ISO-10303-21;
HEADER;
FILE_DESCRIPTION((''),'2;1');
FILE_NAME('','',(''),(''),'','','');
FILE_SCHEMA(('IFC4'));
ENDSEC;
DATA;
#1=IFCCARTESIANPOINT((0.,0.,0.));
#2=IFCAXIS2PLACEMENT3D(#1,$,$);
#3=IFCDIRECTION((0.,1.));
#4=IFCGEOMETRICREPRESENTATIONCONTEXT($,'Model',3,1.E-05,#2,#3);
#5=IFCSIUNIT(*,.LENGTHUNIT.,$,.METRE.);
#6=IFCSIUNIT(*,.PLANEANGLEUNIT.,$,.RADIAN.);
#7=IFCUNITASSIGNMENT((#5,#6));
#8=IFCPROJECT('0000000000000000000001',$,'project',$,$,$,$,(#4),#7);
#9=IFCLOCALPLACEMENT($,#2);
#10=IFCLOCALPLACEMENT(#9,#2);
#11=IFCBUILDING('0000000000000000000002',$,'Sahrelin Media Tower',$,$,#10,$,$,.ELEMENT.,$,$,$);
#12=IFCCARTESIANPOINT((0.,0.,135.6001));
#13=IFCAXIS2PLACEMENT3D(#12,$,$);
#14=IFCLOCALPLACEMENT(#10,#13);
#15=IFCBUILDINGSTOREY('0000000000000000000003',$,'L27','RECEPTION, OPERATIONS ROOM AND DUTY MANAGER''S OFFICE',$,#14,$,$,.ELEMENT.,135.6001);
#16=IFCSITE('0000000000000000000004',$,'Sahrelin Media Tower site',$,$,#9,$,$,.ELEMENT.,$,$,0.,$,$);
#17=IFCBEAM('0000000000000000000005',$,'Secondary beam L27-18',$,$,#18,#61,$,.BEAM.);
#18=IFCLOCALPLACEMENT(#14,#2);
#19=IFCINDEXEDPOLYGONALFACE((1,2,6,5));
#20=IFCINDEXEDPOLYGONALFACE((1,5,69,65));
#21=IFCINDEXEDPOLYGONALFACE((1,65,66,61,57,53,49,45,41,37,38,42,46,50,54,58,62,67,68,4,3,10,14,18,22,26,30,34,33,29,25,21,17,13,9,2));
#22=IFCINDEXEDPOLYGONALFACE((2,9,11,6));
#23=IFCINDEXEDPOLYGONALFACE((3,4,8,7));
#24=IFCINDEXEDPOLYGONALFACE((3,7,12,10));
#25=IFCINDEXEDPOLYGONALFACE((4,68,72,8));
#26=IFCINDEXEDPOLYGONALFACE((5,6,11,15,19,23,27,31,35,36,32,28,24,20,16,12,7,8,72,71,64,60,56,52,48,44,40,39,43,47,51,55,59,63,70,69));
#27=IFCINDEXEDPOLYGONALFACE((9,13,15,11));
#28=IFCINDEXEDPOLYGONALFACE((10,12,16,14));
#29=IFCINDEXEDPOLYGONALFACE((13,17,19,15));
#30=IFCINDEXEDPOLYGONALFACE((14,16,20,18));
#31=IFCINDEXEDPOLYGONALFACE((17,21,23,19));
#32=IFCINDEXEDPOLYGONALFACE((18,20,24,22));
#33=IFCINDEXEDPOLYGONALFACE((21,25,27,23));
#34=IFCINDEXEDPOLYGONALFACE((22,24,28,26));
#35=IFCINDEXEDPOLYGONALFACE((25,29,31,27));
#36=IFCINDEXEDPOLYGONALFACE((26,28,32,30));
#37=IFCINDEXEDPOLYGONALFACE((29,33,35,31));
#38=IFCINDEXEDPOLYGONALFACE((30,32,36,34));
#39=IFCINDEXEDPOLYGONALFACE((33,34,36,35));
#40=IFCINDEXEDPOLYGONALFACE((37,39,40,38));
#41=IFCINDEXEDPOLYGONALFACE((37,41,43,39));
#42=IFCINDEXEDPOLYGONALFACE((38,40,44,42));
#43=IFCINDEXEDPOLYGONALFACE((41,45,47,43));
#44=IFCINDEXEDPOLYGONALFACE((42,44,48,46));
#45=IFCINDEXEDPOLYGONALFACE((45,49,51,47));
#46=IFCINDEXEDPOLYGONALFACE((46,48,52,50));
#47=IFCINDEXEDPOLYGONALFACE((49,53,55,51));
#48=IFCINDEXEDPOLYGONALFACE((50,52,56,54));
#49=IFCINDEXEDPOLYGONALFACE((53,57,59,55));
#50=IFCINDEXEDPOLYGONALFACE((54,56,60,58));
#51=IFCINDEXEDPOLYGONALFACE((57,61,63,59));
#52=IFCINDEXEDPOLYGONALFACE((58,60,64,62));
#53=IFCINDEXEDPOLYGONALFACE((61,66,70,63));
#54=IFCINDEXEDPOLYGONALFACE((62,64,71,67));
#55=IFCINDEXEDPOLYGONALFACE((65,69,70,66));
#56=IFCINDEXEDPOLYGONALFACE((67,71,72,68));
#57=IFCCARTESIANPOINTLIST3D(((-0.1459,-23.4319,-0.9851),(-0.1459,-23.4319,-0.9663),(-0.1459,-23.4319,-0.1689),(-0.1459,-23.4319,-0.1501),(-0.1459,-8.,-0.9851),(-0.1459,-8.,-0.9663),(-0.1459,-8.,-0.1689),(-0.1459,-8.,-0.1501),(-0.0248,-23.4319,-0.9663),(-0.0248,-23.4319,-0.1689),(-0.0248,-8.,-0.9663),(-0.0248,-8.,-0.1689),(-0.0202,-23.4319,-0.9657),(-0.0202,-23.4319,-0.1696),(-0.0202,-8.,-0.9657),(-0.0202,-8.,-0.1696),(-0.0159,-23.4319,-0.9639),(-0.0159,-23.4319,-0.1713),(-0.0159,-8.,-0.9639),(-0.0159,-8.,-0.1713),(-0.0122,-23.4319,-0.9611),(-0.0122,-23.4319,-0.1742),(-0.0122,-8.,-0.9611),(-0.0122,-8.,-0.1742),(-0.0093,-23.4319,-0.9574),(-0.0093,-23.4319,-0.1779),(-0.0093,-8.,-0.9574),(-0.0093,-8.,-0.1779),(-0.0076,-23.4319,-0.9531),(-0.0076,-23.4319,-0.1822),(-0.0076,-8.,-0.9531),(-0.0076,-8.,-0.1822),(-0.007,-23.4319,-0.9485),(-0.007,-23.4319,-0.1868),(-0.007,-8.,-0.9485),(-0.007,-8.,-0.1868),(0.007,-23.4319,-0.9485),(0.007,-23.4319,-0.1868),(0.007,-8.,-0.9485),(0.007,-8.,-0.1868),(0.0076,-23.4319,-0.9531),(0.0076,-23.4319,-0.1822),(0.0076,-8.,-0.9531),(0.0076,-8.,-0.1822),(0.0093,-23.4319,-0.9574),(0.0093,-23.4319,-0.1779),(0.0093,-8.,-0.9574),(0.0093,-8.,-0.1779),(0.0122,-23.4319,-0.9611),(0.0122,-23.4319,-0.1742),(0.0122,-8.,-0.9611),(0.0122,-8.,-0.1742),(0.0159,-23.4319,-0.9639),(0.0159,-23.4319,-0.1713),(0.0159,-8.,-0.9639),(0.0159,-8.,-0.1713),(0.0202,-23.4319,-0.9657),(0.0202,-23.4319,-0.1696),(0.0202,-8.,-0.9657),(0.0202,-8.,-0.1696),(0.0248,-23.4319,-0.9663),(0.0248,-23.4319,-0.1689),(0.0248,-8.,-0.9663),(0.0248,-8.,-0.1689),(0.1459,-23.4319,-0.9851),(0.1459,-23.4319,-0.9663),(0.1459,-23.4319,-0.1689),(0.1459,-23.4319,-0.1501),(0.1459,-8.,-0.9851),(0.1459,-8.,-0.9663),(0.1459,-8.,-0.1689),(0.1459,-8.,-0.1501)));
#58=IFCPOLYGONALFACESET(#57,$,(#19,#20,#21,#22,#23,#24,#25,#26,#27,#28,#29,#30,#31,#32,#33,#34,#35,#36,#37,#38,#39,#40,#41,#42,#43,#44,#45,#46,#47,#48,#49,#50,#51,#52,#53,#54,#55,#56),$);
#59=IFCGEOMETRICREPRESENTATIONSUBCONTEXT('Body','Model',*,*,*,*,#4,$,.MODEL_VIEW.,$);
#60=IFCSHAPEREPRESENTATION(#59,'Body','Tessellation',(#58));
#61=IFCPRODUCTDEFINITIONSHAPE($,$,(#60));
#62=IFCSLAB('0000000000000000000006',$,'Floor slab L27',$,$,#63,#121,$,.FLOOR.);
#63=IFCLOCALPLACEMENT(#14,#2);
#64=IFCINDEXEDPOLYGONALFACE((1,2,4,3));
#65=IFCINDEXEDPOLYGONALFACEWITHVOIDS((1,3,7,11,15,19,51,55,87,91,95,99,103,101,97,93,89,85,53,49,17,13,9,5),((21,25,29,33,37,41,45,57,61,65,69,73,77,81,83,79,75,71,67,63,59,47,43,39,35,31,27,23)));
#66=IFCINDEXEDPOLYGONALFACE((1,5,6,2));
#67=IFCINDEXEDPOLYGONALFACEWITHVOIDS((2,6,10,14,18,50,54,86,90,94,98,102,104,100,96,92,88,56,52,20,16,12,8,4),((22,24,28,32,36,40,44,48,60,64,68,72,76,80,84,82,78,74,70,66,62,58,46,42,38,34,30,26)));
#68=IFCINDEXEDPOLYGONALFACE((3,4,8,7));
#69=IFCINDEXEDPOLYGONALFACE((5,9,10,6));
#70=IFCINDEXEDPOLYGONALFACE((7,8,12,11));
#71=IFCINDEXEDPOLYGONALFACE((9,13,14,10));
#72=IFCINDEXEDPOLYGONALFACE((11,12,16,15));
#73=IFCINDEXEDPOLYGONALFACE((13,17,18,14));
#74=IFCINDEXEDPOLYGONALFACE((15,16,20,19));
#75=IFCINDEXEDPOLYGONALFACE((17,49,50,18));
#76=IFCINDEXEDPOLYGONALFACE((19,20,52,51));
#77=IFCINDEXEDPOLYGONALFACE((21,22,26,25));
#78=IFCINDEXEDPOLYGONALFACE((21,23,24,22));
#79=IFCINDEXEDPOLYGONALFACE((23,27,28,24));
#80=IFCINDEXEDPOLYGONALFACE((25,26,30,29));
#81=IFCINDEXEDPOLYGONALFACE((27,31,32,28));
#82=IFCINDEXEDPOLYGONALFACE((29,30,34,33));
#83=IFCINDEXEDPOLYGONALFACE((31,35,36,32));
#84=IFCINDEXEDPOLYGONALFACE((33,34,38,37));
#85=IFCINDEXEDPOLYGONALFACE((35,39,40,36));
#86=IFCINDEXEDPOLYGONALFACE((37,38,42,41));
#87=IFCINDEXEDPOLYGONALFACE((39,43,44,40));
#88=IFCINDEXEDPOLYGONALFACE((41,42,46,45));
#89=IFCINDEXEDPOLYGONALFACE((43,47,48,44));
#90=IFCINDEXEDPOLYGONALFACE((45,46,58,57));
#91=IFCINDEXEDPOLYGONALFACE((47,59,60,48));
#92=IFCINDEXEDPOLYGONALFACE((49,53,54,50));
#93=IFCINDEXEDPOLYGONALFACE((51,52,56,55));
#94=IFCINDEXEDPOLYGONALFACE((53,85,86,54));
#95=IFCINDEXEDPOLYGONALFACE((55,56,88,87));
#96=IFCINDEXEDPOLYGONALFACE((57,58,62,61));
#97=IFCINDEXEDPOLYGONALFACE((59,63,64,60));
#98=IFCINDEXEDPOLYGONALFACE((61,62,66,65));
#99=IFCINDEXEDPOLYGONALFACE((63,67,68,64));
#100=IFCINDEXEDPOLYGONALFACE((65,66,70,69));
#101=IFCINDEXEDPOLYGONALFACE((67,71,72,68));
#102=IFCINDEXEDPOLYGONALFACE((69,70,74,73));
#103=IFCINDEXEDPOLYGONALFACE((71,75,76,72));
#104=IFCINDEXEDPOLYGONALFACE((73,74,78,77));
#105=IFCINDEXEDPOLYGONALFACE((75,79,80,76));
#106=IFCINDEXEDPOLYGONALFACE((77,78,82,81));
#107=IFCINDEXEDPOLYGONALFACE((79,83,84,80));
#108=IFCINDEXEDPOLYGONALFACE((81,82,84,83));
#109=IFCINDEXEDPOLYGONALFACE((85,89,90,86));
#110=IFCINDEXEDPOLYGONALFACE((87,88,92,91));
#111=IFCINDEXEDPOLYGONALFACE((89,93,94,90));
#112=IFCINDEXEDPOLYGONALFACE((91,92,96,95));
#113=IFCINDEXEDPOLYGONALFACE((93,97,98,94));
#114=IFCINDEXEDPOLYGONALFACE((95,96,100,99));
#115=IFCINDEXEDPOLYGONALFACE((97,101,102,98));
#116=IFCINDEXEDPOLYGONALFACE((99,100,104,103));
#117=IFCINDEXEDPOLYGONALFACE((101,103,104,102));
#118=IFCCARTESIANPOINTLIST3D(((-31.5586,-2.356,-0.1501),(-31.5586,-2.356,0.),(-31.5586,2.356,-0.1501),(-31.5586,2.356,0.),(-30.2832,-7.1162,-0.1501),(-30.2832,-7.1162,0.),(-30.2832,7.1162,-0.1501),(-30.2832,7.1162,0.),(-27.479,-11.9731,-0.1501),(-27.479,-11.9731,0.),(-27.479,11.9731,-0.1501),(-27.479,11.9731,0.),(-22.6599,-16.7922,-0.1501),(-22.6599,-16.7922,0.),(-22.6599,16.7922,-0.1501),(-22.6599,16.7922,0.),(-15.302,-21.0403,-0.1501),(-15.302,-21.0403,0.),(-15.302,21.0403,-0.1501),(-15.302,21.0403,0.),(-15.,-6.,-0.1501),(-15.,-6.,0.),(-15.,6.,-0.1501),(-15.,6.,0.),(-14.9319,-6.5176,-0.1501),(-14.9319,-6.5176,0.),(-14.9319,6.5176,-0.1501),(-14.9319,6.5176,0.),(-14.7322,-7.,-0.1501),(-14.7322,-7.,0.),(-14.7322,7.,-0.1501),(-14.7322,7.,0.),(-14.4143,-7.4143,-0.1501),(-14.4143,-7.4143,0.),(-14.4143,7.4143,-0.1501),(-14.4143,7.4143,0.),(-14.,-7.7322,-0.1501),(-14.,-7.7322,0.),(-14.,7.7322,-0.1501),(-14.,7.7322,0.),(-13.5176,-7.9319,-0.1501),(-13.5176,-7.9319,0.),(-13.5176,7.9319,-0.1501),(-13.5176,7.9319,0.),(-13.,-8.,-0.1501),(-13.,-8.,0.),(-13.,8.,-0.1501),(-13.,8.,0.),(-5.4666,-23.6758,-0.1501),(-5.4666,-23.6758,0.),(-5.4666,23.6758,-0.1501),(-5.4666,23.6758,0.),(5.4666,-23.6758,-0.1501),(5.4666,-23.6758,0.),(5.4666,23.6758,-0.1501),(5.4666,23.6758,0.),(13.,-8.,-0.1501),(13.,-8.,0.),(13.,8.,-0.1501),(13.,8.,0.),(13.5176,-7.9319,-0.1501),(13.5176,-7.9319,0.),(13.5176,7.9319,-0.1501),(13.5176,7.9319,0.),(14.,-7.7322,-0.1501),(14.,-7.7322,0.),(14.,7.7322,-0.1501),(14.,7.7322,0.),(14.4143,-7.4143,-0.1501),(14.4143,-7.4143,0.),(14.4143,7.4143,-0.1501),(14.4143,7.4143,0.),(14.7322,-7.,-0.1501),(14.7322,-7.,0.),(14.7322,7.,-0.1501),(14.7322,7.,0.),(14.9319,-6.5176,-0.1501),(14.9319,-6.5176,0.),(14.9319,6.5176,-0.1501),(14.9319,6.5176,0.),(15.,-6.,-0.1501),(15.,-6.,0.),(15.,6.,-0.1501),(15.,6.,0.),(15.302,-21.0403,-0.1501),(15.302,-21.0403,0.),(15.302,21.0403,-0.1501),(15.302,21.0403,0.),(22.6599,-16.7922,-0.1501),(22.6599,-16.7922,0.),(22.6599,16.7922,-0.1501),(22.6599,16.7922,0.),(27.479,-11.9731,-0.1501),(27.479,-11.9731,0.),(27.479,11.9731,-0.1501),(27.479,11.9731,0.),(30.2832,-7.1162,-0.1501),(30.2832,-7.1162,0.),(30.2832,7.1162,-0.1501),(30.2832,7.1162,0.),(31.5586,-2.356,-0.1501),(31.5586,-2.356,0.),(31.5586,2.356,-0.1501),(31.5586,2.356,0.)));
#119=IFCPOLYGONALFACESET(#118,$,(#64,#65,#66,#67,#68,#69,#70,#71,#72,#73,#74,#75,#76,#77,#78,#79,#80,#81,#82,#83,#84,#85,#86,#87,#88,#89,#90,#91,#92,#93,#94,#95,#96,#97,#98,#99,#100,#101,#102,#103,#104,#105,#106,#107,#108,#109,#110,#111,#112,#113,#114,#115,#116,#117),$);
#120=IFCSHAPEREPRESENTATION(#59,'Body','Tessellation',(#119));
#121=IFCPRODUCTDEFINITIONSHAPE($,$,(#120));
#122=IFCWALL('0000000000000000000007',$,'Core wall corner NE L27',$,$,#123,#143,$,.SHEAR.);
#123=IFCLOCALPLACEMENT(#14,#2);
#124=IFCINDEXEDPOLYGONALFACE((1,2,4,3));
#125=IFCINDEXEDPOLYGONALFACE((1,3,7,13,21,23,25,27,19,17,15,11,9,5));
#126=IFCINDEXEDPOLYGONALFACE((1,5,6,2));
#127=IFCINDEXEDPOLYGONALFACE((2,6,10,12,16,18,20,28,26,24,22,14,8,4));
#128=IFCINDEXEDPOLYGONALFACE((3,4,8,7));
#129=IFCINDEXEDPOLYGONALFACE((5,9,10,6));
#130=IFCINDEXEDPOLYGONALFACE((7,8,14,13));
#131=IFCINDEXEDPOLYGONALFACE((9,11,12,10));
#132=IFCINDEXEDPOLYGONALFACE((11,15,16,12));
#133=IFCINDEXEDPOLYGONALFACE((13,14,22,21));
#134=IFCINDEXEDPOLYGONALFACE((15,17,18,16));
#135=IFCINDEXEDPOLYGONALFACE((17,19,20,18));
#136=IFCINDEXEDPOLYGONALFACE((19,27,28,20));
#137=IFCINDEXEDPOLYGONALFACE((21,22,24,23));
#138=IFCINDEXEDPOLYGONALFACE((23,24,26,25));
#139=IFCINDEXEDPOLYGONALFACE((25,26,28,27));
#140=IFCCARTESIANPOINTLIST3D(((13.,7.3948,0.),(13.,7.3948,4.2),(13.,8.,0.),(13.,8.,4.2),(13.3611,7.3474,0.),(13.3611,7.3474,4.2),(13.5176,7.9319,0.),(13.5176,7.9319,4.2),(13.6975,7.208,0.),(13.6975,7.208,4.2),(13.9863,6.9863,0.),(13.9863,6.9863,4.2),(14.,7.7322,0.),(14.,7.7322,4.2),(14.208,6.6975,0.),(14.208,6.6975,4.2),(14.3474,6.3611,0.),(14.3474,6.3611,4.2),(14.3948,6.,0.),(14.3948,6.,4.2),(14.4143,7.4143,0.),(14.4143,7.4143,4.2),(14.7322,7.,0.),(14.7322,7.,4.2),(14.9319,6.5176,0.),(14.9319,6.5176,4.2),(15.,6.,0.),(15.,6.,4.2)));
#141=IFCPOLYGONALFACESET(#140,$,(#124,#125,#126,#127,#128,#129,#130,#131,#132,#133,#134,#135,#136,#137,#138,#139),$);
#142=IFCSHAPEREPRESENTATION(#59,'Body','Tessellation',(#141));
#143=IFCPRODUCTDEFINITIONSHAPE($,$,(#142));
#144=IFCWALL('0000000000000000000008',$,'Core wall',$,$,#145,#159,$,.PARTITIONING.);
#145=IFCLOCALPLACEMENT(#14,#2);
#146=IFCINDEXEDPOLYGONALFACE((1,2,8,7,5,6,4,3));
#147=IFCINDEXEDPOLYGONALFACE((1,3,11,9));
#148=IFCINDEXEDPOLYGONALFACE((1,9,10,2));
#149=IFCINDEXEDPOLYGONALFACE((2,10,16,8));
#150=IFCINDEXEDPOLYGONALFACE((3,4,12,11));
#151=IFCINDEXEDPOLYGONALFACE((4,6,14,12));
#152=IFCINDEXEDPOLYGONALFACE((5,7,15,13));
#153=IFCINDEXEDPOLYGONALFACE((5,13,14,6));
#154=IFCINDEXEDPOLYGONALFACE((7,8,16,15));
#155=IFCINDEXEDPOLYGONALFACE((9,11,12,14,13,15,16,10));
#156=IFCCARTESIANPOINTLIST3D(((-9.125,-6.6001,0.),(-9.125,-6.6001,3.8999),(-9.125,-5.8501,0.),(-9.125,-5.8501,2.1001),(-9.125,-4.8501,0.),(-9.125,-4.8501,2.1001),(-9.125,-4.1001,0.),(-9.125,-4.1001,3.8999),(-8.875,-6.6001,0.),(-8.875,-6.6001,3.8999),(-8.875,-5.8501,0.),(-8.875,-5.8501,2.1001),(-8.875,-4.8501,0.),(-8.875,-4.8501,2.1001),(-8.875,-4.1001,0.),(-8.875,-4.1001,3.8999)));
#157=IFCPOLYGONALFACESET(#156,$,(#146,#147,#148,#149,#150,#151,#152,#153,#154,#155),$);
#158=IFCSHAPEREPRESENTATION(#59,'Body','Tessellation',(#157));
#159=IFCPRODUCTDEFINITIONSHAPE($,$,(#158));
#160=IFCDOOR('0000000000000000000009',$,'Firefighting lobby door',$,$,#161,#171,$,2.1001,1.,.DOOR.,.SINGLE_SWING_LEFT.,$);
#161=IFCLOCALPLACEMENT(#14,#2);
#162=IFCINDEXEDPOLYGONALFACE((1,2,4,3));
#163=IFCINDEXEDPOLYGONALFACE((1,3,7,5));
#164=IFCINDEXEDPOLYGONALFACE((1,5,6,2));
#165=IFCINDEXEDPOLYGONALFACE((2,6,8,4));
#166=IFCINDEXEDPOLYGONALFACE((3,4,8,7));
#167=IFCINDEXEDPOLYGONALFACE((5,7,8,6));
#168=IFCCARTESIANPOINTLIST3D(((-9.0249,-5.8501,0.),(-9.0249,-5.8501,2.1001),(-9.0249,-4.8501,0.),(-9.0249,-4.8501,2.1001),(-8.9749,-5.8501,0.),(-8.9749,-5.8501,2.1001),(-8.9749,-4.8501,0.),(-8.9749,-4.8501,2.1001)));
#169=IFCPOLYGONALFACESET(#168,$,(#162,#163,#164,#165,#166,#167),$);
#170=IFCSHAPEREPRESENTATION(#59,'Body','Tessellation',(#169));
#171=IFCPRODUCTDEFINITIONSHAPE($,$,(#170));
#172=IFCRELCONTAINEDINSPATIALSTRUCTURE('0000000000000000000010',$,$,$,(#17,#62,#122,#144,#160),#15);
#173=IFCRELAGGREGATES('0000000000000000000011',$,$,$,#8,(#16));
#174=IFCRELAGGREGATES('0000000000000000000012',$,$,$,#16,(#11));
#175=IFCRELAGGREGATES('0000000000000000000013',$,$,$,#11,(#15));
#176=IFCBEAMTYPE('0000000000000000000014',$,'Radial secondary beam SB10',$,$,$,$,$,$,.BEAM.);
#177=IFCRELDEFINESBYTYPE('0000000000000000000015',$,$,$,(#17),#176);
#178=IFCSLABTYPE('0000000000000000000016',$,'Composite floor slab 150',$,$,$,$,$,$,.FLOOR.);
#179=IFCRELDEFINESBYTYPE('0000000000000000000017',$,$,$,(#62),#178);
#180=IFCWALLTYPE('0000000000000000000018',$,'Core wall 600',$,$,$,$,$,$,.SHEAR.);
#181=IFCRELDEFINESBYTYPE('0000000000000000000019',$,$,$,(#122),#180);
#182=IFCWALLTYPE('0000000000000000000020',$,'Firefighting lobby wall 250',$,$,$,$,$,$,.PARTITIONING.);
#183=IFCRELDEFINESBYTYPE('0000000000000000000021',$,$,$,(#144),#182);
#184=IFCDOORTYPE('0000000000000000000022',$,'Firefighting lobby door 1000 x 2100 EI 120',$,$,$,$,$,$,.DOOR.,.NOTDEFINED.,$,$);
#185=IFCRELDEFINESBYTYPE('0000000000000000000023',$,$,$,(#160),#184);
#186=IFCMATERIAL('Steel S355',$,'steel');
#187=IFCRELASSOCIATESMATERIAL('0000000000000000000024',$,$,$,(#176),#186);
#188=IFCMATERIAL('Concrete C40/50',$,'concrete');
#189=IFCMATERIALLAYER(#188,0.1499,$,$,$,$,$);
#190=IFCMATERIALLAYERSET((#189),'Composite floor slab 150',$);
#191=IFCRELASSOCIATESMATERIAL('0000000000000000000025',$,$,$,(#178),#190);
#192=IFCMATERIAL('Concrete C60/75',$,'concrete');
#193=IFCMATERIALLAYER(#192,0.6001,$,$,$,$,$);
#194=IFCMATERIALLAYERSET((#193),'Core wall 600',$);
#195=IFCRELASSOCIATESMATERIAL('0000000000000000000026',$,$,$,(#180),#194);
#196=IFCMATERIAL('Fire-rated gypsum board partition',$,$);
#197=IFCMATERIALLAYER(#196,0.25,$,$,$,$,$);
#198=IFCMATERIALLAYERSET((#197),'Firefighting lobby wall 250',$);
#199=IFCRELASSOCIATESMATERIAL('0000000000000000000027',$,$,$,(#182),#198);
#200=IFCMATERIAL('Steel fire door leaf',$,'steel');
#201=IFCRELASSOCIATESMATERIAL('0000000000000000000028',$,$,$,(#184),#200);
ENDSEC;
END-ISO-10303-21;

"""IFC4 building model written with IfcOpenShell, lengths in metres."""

from ifc_helpers import new_model, si_unit, direction, frame, frame_2d, origin, origin_2d, place, context, subcontext, project, spatial, polyline, rectangle, i_section, outline, extrude, material, layer, layer_set, material_profile, profile_set, type_object, element, fill, save


model = new_model("IFC4")

# Units and contexts
model_context = context("Model", 3, precision=1e-05, world=origin(), true_north=direction((0.0, 1.0)))
body_context = subcontext(model_context, "Body", "Model", "MODEL_VIEW")
ifc_project = project(units=[si_unit("LENGTHUNIT", "METRE"), si_unit("PLANEANGLEUNIT", "RADIAN")], contexts=[model_context])

# Site, building, storey
site_placement = place(None, origin())
site = spatial("IfcSite", under=ifc_project, at=site_placement, Name="Sahrelin Media Tower site", CompositionType="ELEMENT", RefElevation=0.0)
building_placement = place(site_placement, origin())
building = spatial("IfcBuilding", under=site, at=building_placement, Name="Sahrelin Media Tower", CompositionType="ELEMENT")
storey_placement = place(building_placement, frame((0.0, 0.0, 135.6001)))
storey = spatial("IfcBuildingStorey", under=building, at=storey_placement, Name="L27", Description="RECEPTION, OPERATIONS ROOM AND DUTY MANAGER'S OFFICE", CompositionType="ELEMENT", Elevation=135.6001)

# Beam
ifc_material_1 = material(Name="Steel S355", Category="steel")
ifc_material_profile = material_profile(ifc_material_1, i_section(OverallWidth=0.2917, OverallDepth=0.835, WebThickness=0.0139, FlangeThickness=0.0188, FilletRadius=0.0178, at=origin_2d()), Name="UB 838x292x176")
ifc_profile_set = profile_set([ifc_material_profile], Name="Steel S355")
beam_type = type_object("IfcBeamType", Name="Radial secondary beam SB10", PredefinedType="BEAM", material=ifc_profile_set)
beam_placement = place(storey_placement, frame((0.0, -8.0, -0.5676), z_axis=(0.0, -1.0, 0.0), x_axis=(1.0, 0.0, 0.0)))
element("IfcBeam", 1, at=beam_placement, inside=storey, type_object=beam_type, Name="Secondary beam L27-18", PredefinedType="BEAM", context=body_context, shape_type="SweptSolid", body=[
    extrude(i_section(OverallWidth=0.2917, OverallDepth=0.835, WebThickness=0.0139, FlangeThickness=0.0188, FilletRadius=0.0178, at=origin_2d()), origin(), (0.0, 0.0, 1.0), 15.4319),
])

# Slab
ifc_material_2 = material(Name="Concrete C40/50", Category="concrete")
ifc_layer_1 = layer(ifc_material_2, 0.1499)
ifc_layer_set_1 = layer_set([ifc_layer_1], Name="Composite floor slab 150")
slab_type = type_object("IfcSlabType", Name="Composite floor slab 150", PredefinedType="FLOOR", material=ifc_layer_set_1)
slab_placement = place(storey_placement, frame((0.0, 0.0, -0.1501)))
element("IfcSlab", 2, at=slab_placement, inside=storey, type_object=slab_type, Name="Floor slab L27", PredefinedType="FLOOR", context=body_context, shape_type="SweptSolid", body=[
    extrude(outline(polyline([(31.5586, -2.356), (31.5586, 2.356), (30.2832, 7.1162), (27.479, 11.9731), (22.6599, 16.7922), (15.302, 21.0403), (5.4666, 23.6758), (-5.4666, 23.6758), (-15.302, 21.0403), (-22.6599, 16.7922), (-27.479, 11.9731), (-30.2832, 7.1162), (-31.5586, 2.356), (-31.5586, -2.356), (-30.2832, -7.1162), (-27.479, -11.9731), (-22.6599, -16.7922), (-15.302, -21.0403), (-5.4666, -23.6758), (5.4666, -23.6758), (15.302, -21.0403), (22.6599, -16.7922), (27.479, -11.9731), (30.2832, -7.1162), (31.5586, -2.356)]), holes=[polyline([(14.9319, 6.5176), (15.0, 6.0), (15.0, -6.0), (14.9319, -6.5176), (14.7322, -7.0), (14.4143, -7.4143), (14.0, -7.7322), (13.5176, -7.9319), (13.0, -8.0), (-13.0, -8.0), (-13.5176, -7.9319), (-14.0, -7.7322), (-14.4143, -7.4143), (-14.7322, -7.0), (-14.9319, -6.5176), (-15.0, -6.0), (-15.0, 6.0), (-14.9319, 6.5176), (-14.7322, 7.0), (-14.4143, 7.4143), (-14.0, 7.7322), (-13.5176, 7.9319), (-13.0, 8.0), (13.0, 8.0), (13.5176, 7.9319), (14.0, 7.7322), (14.4143, 7.4143), (14.7322, 7.0), (14.9319, 6.5176)])]), origin(), (0.0, 0.0, 1.0), 0.1501),
])

# Wall
ifc_material_3 = material(Name="Concrete C60/75", Category="concrete")
ifc_layer_2 = layer(ifc_material_3, 0.6001)
ifc_layer_set_2 = layer_set([ifc_layer_2], Name="Core wall 600")
wall_type_1 = type_object("IfcWallType", Name="Core wall 600", PredefinedType="SHEAR", material=ifc_layer_set_2)
wall_1_placement = place(storey_placement, origin())
element("IfcWall", 3, at=wall_1_placement, inside=storey, type_object=wall_type_1, Name="Core wall corner NE L27", PredefinedType="SHEAR", context=body_context, shape_type="SweptSolid", body=[
    extrude(outline(polyline([(13.0, 8.0), (13.0, 7.3948), (13.3611, 7.3474), (13.6975, 7.208), (13.9863, 6.9863), (14.208, 6.6975), (14.3474, 6.3611), (14.3948, 6.0), (15.0, 6.0), (14.9319, 6.5176), (14.7322, 7.0), (14.4143, 7.4143), (14.0, 7.7322), (13.5176, 7.9319), (13.0, 8.0)])), origin(), (0.0, 0.0, 1.0), 4.2),
])

# Wall, opening, door
ifc_material_4 = material(Name="Fire-rated gypsum board partition")
ifc_layer_3 = layer(ifc_material_4, 0.25)
ifc_layer_set_3 = layer_set([ifc_layer_3], Name="Firefighting lobby wall 250")
wall_type_2 = type_object("IfcWallType", Name="Firefighting lobby wall 250", PredefinedType="PARTITIONING", material=ifc_layer_set_3)
wall_2_placement = place(storey_placement, frame((-9.0, -6.6001, 0.0), z_axis=(0.0, 0.0, 1.0), x_axis=(0.0, 1.0, 0.0)))
wall_2 = element("IfcWall", 4, at=wall_2_placement, inside=storey, type_object=wall_type_2, Name="Core wall", PredefinedType="PARTITIONING", context=body_context, shape_type="SweptSolid", body=[
    extrude(rectangle(XDim=2.5, YDim=0.25, at=frame_2d((1.25, 0.0))), origin(), (0.0, 0.0, 1.0), 3.8999),
])
opening_1_placement = place(wall_2_placement, frame((0.75, 0.0, 0.0)))
opening_1 = element("IfcOpeningElement", 5, at=opening_1_placement, cuts=wall_2, PredefinedType="OPENING", context=body_context, shape_type="SweptSolid", body=[
    extrude(rectangle(XDim=1.0, YDim=2.1001, at=frame_2d((0.5, 1.05))), frame((0.0, 0.125, 0.0), z_axis=(0.0, -1.0, 0.0), x_axis=(1.0, 0.0, 0.0)), (0.0, 0.0, 1.0), 0.25),
])
ifc_material_5 = material(Name="Steel fire door leaf", Category="steel")
door_type_1 = type_object("IfcDoorType", Name="Firefighting lobby door 1000 x 2100 EI 120", OperationType="NOTDEFINED", PredefinedType="DOOR", material=ifc_material_5)
door_1_placement = place(opening_1_placement, origin())
door_1 = element("IfcDoor", 6, at=door_1_placement, inside=storey, type_object=door_type_1, Name="Firefighting lobby door", OperationType="SINGLE_SWING_LEFT", OverallHeight=2.1001, OverallWidth=1.0, PredefinedType="DOOR", context=body_context, shape_type="SweptSolid", body=[
    extrude(rectangle(XDim=1.0, YDim=2.1001, at=frame_2d((0.5, 1.05))), frame((0.0, 0.0249, 0.0), z_axis=(0.0, -1.0, 0.0), x_axis=(1.0, 0.0, 0.0)), (0.0, 0.0, 1.0), 0.05),
])
fill(opening_1, door_1)

save(model, "model.ifc")
